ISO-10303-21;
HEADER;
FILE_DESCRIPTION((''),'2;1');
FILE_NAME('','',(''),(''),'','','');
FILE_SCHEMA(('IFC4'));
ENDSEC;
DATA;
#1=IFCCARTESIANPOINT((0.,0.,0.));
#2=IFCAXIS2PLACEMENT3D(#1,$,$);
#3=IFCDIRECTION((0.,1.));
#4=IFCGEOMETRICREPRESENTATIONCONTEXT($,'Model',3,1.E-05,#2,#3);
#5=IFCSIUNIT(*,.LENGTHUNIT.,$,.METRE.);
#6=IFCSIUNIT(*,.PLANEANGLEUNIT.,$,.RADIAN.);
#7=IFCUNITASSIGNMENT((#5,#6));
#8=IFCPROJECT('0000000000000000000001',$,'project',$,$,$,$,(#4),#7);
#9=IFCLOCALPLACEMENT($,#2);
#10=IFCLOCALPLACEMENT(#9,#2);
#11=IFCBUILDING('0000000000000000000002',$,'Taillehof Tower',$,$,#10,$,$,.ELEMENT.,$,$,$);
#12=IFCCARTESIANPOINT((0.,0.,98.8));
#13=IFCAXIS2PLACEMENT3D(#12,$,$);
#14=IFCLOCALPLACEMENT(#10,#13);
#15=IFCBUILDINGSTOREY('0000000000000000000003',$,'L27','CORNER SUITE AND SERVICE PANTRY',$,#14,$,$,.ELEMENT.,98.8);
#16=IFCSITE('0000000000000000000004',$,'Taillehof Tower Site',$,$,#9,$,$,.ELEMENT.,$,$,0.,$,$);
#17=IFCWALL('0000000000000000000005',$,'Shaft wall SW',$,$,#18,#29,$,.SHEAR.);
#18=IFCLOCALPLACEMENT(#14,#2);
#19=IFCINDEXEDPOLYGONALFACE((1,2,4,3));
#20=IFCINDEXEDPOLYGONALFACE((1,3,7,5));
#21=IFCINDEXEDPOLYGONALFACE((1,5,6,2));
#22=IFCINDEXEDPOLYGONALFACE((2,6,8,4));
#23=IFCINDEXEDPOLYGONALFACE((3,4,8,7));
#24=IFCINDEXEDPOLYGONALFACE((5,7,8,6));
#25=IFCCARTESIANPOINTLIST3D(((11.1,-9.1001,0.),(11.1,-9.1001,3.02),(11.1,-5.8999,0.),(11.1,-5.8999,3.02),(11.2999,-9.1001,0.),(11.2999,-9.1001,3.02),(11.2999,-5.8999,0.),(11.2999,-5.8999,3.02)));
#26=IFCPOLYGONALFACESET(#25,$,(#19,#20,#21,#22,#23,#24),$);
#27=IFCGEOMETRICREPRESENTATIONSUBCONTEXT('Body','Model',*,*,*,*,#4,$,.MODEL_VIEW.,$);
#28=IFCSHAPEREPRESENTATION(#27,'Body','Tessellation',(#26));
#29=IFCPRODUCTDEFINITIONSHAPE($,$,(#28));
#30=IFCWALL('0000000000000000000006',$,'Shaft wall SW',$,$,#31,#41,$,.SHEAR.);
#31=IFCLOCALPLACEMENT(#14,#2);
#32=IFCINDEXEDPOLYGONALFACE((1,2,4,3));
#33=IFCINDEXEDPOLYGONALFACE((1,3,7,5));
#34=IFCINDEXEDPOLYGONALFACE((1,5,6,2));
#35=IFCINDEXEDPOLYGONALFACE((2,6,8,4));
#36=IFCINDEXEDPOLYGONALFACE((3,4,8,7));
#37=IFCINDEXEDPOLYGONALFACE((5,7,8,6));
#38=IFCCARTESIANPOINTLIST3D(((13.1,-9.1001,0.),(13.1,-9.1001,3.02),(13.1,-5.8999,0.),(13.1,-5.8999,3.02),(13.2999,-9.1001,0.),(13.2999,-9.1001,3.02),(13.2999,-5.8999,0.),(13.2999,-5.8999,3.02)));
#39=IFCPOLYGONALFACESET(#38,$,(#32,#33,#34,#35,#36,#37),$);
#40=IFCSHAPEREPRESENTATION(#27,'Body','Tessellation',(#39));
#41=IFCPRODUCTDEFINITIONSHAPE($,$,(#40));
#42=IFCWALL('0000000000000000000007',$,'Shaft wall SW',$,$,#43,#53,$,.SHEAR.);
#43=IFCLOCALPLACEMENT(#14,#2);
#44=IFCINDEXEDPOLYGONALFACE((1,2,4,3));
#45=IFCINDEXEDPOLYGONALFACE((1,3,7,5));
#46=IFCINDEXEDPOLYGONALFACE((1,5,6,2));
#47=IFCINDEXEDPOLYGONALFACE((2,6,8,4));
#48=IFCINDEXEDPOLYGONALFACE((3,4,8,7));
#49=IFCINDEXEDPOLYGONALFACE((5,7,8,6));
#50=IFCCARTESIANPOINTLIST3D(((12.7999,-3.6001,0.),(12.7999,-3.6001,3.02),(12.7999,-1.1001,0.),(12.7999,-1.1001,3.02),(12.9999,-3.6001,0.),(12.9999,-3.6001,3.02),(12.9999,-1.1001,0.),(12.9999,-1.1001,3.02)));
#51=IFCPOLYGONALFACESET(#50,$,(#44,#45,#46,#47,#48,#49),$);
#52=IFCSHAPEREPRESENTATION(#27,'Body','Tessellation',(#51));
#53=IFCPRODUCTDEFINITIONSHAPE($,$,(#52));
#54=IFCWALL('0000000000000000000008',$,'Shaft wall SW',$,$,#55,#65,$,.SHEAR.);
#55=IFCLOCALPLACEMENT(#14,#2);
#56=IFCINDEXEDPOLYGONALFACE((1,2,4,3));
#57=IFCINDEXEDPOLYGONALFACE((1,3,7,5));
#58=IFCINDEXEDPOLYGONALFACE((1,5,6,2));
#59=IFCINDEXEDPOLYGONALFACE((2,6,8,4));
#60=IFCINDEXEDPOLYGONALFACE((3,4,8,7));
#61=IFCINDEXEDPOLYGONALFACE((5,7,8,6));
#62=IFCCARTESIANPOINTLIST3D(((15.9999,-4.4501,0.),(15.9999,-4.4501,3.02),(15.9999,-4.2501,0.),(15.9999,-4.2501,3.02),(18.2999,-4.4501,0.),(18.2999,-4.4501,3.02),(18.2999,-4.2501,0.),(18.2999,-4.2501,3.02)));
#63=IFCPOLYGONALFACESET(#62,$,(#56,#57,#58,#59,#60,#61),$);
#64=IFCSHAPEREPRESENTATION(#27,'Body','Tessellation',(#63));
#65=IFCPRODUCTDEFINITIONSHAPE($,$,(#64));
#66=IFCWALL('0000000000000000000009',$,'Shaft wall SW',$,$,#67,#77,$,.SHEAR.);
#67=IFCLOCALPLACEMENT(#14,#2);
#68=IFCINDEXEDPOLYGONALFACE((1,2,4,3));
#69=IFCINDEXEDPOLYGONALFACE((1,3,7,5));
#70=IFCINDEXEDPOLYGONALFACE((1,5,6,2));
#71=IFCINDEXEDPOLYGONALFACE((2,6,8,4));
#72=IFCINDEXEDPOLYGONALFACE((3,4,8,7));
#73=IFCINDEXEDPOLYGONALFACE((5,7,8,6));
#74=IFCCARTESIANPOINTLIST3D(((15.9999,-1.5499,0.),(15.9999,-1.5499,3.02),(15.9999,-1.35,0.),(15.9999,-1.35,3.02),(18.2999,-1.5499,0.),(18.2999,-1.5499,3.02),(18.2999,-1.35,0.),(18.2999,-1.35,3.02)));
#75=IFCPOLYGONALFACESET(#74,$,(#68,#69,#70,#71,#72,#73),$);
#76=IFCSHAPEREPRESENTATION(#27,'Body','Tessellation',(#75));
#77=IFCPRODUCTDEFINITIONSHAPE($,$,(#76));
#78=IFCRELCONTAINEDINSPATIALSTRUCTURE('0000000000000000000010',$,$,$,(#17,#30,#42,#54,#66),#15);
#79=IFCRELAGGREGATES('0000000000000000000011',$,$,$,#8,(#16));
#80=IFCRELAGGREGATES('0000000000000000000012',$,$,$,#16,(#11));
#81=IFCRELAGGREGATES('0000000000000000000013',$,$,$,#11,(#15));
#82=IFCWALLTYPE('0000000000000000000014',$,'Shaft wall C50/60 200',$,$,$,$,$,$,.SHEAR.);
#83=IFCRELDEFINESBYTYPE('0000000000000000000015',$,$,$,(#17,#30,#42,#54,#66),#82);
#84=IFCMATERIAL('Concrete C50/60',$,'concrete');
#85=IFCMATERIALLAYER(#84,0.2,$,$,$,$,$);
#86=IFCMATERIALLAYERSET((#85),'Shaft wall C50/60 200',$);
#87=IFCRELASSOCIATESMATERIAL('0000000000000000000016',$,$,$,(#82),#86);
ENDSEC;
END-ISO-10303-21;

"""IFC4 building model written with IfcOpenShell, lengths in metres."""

from ifc_helpers import new_model, si_unit, direction, frame, frame_2d, origin, place, context, subcontext, project, spatial, rectangle, extrude, material, layer, layer_set, type_object, element, save


model = new_model("IFC4")

# Units and contexts
model_context = context("Model", 3, precision=1e-05, world=origin(), true_north=direction((0.0, 1.0)))
body_context = subcontext(model_context, "Body", "Model", "MODEL_VIEW")
ifc_project = project(units=[si_unit("LENGTHUNIT", "METRE"), si_unit("PLANEANGLEUNIT", "RADIAN")], contexts=[model_context])

# Site, building, storey
site_placement = place(None, origin())
site = spatial("IfcSite", under=ifc_project, at=site_placement, Name="Taillehof Tower Site", CompositionType="ELEMENT", RefElevation=0.0)
building_placement = place(site_placement, origin())
building = spatial("IfcBuilding", under=site, at=building_placement, Name="Taillehof Tower", CompositionType="ELEMENT")
storey_placement = place(building_placement, frame((0.0, 0.0, 98.8)))
storey = spatial("IfcBuildingStorey", under=building, at=storey_placement, Name="L27", Description="CORNER SUITE AND SERVICE PANTRY", CompositionType="ELEMENT", Elevation=98.8)

# Walls
ifc_material_1 = material(Name="Concrete C50/60", Category="concrete")
ifc_layer_1 = layer(ifc_material_1, 0.2)
ifc_layer_set_1 = layer_set([ifc_layer_1], Name="Shaft wall C50/60 200")
wall_type_1 = type_object("IfcWallType", Name="Shaft wall C50/60 200", PredefinedType="SHEAR", material=ifc_layer_set_1)
for number, where, z_axis, x_axis, name in (
    (1, (11.2, -9.1001, 0.0), (0.0, 0.0, 1.0), (0.0, 1.0, 0.0), "Shaft wall SW"),
    (2, (13.2, -9.1001, 0.0), (0.0, 0.0, 1.0), (0.0, 1.0, 0.0), "Shaft wall SW"),
):
    element("IfcWall", number, at=place(storey_placement, frame(where, z_axis=z_axis, x_axis=x_axis)), inside=storey, type_object=wall_type_1, Name=name, PredefinedType="SHEAR", context=body_context, shape_type="SweptSolid", body=[
        extrude(rectangle(XDim=3.2002, YDim=0.2, at=frame_2d((1.6001, 0.0))), origin(), (0.0, 0.0, 1.0), 3.02),
    ])
wall_1_placement = place(storey_placement, frame((12.8999, -3.6001, 0.0), z_axis=(0.0, 0.0, 1.0), x_axis=(0.0, 1.0, 0.0)))
element("IfcWall", 3, at=wall_1_placement, inside=storey, type_object=wall_type_1, Name="Shaft wall SW", PredefinedType="SHEAR", context=body_context, shape_type="SweptSolid", body=[
    extrude(rectangle(XDim=2.5, YDim=0.2, at=frame_2d((1.25, 0.0))), origin(), (0.0, 0.0, 1.0), 3.02),
])
for number, where, z_axis, x_axis, name in (
    (4, (16.0, -4.3501, 0.0), (0.0, 0.0, 1.0), (1.0, 0.0, 0.0), "Shaft wall SW"),
    (5, (16.0, -1.45, 0.0), (0.0, 0.0, 1.0), (1.0, 0.0, 0.0), "Shaft wall SW"),
):
    element("IfcWall", number, at=place(storey_placement, frame(where, z_axis=z_axis, x_axis=x_axis)), inside=storey, type_object=wall_type_1, Name=name, PredefinedType="SHEAR", context=body_context, shape_type="SweptSolid", body=[
        extrude(rectangle(XDim=2.3, YDim=0.2, at=frame_2d((1.1499, 0.0))), origin(), (0.0, 0.0, 1.0), 3.02),
    ])

save(model, "model.ifc")
